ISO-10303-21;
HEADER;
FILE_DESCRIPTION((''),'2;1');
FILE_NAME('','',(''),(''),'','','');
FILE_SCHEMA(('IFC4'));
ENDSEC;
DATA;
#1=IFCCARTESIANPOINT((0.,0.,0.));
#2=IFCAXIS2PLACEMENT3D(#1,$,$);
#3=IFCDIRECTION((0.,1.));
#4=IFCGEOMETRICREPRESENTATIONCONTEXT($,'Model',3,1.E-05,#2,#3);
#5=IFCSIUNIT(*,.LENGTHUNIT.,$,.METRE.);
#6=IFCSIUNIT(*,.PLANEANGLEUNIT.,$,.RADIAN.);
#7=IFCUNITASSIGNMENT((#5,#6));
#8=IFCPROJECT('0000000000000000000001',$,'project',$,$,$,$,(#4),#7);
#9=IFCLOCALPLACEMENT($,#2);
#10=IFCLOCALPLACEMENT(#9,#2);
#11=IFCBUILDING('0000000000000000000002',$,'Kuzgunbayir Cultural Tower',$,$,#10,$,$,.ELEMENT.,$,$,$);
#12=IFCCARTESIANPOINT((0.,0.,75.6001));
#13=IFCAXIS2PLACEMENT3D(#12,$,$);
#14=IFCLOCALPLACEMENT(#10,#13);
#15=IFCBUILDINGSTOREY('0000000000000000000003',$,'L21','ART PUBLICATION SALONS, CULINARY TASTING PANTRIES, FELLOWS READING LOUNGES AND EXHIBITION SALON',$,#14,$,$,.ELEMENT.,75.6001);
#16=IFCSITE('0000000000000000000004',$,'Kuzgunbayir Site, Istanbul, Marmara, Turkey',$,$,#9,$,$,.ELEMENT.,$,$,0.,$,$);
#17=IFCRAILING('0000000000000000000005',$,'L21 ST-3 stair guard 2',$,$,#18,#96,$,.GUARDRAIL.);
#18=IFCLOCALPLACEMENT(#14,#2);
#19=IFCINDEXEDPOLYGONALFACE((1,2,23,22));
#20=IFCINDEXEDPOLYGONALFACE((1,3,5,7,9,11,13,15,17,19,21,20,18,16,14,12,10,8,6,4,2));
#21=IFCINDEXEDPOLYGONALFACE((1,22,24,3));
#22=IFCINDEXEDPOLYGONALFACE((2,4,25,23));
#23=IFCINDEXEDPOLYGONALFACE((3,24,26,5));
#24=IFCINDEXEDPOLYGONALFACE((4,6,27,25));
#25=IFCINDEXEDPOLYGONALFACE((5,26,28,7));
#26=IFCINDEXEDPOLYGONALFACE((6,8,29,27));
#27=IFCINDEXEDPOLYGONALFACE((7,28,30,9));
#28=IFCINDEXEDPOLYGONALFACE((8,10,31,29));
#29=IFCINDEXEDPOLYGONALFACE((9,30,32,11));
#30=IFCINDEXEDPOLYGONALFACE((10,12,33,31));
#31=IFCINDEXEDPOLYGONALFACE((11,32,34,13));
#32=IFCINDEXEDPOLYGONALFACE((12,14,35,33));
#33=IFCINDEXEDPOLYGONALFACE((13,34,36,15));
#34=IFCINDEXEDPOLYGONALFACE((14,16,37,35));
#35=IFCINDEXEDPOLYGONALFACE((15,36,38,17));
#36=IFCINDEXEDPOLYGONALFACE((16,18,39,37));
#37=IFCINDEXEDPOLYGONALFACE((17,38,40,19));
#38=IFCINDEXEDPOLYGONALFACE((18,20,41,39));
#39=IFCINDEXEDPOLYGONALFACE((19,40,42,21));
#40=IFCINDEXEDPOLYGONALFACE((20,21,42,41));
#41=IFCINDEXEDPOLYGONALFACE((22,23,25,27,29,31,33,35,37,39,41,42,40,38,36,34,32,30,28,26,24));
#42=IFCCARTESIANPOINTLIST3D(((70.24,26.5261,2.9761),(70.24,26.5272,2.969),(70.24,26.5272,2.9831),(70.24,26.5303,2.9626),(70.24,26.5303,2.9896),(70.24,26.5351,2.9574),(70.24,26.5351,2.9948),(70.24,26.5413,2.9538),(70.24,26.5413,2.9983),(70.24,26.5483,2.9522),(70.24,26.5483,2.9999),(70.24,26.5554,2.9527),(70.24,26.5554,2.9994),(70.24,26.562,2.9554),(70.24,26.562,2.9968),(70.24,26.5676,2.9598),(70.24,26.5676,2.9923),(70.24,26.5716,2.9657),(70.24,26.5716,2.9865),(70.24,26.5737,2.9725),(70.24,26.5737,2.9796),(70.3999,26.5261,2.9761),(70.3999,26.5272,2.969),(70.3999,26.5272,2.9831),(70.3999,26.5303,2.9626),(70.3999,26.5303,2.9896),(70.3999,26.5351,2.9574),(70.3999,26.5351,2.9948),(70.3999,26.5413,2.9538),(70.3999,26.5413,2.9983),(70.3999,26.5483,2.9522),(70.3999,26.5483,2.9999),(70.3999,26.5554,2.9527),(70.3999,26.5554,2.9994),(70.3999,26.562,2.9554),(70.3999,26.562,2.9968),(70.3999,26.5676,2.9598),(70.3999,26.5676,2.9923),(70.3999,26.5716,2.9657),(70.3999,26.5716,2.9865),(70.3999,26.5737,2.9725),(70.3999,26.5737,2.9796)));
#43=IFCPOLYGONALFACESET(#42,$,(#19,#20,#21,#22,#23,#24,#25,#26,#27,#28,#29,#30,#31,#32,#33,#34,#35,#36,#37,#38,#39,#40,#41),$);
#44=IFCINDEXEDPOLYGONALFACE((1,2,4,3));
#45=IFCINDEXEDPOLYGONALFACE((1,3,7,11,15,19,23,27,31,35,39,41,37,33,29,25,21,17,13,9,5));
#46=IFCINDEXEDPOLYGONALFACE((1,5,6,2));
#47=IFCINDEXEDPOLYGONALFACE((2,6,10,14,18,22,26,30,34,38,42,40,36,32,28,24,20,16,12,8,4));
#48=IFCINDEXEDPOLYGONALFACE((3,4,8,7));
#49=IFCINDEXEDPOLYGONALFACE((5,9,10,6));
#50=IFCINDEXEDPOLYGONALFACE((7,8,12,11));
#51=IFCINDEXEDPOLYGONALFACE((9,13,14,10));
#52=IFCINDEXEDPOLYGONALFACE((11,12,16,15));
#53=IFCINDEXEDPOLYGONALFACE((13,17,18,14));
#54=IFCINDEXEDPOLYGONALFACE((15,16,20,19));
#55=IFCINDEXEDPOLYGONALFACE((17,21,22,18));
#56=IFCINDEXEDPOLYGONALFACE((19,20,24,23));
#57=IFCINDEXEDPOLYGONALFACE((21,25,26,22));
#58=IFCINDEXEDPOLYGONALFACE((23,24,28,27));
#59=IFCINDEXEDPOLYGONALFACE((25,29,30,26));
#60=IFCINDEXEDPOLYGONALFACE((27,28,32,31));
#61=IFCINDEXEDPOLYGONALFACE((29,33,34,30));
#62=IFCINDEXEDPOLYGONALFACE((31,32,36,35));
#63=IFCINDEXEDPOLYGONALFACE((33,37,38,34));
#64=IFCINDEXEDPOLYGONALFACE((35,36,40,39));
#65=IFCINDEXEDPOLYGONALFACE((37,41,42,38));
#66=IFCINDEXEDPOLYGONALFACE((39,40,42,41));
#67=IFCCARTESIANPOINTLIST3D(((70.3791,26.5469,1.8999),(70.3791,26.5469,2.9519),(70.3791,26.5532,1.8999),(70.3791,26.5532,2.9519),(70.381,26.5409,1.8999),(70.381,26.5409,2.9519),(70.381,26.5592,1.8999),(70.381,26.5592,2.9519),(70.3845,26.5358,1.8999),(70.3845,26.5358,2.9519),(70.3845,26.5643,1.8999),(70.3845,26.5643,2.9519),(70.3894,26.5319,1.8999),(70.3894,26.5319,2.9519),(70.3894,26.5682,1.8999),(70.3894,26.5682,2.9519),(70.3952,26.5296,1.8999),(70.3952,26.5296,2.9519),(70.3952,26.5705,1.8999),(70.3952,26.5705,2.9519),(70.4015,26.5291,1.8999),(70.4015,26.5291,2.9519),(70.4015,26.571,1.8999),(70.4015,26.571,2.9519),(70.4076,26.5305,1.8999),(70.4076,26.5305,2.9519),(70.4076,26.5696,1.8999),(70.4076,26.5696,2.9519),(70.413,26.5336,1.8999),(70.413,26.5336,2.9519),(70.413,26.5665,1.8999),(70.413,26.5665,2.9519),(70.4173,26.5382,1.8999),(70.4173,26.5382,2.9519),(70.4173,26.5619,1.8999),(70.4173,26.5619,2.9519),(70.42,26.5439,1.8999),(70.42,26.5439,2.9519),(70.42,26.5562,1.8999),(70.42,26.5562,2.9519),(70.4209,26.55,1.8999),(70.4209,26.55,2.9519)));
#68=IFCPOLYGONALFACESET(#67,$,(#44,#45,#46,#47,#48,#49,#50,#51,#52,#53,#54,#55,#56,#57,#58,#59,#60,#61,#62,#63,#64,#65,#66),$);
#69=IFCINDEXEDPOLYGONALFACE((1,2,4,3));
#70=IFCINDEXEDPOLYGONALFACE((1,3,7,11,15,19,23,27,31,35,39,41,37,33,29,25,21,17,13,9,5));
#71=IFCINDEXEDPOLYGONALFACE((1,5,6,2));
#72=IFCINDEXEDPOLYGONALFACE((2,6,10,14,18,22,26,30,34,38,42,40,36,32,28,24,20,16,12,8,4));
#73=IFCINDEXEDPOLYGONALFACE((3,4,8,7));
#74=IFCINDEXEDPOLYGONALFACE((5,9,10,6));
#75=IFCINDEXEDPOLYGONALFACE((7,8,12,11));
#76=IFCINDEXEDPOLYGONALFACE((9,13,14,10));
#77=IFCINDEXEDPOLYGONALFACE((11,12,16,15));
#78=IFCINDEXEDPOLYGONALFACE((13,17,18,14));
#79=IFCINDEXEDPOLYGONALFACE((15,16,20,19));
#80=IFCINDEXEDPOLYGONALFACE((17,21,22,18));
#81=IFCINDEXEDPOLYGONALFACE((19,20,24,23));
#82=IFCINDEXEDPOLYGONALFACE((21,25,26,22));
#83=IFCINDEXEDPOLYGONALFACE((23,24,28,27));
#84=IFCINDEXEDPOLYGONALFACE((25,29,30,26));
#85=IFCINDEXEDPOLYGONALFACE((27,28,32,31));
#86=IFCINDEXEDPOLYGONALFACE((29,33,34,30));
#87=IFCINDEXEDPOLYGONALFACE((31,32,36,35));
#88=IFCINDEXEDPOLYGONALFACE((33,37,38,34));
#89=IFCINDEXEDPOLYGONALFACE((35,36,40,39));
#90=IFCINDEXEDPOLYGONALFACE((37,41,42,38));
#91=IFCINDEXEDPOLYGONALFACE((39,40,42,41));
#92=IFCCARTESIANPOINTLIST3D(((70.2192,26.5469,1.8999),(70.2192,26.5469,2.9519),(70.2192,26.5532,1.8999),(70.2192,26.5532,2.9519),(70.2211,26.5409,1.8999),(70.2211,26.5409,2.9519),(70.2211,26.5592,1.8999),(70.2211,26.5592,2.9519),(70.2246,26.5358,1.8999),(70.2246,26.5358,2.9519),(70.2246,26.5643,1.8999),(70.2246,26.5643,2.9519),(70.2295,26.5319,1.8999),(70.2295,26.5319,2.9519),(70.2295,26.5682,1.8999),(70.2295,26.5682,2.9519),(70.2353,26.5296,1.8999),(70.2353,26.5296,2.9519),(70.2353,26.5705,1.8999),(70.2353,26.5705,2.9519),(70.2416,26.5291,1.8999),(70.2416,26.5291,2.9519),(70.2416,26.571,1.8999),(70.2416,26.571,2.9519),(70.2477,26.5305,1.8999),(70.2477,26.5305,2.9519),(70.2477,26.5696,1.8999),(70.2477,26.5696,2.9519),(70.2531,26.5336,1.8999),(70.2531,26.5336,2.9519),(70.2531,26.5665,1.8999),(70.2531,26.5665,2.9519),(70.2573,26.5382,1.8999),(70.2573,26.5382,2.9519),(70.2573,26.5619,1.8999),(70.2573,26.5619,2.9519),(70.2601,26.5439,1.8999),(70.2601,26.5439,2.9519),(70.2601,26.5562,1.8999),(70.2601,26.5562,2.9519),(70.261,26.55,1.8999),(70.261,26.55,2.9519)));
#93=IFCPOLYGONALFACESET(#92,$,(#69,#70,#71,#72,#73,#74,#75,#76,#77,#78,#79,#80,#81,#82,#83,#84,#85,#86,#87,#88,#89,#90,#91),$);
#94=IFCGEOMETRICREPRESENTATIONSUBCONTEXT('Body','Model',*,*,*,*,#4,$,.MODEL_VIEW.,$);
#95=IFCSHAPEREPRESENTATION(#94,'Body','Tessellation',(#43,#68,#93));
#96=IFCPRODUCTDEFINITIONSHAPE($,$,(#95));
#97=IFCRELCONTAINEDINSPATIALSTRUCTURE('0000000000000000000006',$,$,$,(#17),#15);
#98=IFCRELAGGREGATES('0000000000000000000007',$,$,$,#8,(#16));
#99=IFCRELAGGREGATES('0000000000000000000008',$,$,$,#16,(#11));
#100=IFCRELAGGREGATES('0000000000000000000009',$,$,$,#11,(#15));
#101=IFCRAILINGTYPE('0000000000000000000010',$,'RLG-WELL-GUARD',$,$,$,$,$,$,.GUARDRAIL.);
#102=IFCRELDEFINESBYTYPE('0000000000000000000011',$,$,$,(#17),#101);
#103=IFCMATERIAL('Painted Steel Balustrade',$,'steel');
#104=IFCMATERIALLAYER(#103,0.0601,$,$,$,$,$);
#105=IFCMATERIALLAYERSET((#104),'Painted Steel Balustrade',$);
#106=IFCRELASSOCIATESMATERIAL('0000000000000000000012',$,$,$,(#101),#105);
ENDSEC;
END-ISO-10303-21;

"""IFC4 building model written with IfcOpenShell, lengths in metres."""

from ifc_helpers import new_model, si_unit, direction, frame, origin, origin_2d, place, context, subcontext, project, spatial, circle, extrude, material, layer, layer_set, type_object, element, save


model = new_model("IFC4")

# Units and contexts
model_context = context("Model", 3, precision=1e-05, world=origin(), true_north=direction((0.0, 1.0)))
body_context = subcontext(model_context, "Body", "Model", "MODEL_VIEW")
ifc_project = project(units=[si_unit("LENGTHUNIT", "METRE"), si_unit("PLANEANGLEUNIT", "RADIAN")], contexts=[model_context])

# Site, building, storey
site_placement = place(None, origin())
site = spatial("IfcSite", under=ifc_project, at=site_placement, Name="Kuzgunbayir Site, Istanbul, Marmara, Turkey", CompositionType="ELEMENT", RefElevation=0.0)
building_placement = place(site_placement, origin())
building = spatial("IfcBuilding", under=site, at=building_placement, Name="Kuzgunbayir Cultural Tower", CompositionType="ELEMENT")
storey_placement = place(building_placement, frame((0.0, 0.0, 75.6001)))
storey = spatial("IfcBuildingStorey", under=building, at=storey_placement, Name="L21", Description="ART PUBLICATION SALONS, CULINARY TASTING PANTRIES, FELLOWS READING LOUNGES AND EXHIBITION SALON", CompositionType="ELEMENT", Elevation=75.6001)

# Railing
ifc_material_1 = material(Name="Painted Steel Balustrade", Category="steel")
ifc_layer_1 = layer(ifc_material_1, 0.0601)
ifc_layer_set_1 = layer_set([ifc_layer_1], Name="Painted Steel Balustrade")
railing_type_1 = type_object("IfcRailingType", Name="RLG-WELL-GUARD", PredefinedType="GUARDRAIL", material=ifc_layer_set_1)
railing_1_placement = place(storey_placement, frame((70.3999, 26.55, 1.8999)))
element("IfcRailing", 1, at=railing_1_placement, inside=storey, type_object=railing_type_1, Name="L21 ST-3 stair guard 2", PredefinedType="GUARDRAIL", context=body_context, shape_type="SweptSolid", body=[
    extrude(circle(Radius=0.0239, at=origin_2d()), frame((0.0, 0.0, 1.0762), z_axis=(-1.0, 0.0, 0.0), x_axis=(0.0, -1.0, 0.0)), (0.0, 0.0, 1.0), 0.1599),
    extrude(circle(Radius=0.021, at=origin_2d()), origin(), (0.0, 0.0, 1.0), 1.052),
    extrude(circle(Radius=0.021, at=origin_2d()), frame((-0.1599, 0.0, 0.0)), (0.0, 0.0, 1.0), 1.052),
])

save(model, "model.ifc")
